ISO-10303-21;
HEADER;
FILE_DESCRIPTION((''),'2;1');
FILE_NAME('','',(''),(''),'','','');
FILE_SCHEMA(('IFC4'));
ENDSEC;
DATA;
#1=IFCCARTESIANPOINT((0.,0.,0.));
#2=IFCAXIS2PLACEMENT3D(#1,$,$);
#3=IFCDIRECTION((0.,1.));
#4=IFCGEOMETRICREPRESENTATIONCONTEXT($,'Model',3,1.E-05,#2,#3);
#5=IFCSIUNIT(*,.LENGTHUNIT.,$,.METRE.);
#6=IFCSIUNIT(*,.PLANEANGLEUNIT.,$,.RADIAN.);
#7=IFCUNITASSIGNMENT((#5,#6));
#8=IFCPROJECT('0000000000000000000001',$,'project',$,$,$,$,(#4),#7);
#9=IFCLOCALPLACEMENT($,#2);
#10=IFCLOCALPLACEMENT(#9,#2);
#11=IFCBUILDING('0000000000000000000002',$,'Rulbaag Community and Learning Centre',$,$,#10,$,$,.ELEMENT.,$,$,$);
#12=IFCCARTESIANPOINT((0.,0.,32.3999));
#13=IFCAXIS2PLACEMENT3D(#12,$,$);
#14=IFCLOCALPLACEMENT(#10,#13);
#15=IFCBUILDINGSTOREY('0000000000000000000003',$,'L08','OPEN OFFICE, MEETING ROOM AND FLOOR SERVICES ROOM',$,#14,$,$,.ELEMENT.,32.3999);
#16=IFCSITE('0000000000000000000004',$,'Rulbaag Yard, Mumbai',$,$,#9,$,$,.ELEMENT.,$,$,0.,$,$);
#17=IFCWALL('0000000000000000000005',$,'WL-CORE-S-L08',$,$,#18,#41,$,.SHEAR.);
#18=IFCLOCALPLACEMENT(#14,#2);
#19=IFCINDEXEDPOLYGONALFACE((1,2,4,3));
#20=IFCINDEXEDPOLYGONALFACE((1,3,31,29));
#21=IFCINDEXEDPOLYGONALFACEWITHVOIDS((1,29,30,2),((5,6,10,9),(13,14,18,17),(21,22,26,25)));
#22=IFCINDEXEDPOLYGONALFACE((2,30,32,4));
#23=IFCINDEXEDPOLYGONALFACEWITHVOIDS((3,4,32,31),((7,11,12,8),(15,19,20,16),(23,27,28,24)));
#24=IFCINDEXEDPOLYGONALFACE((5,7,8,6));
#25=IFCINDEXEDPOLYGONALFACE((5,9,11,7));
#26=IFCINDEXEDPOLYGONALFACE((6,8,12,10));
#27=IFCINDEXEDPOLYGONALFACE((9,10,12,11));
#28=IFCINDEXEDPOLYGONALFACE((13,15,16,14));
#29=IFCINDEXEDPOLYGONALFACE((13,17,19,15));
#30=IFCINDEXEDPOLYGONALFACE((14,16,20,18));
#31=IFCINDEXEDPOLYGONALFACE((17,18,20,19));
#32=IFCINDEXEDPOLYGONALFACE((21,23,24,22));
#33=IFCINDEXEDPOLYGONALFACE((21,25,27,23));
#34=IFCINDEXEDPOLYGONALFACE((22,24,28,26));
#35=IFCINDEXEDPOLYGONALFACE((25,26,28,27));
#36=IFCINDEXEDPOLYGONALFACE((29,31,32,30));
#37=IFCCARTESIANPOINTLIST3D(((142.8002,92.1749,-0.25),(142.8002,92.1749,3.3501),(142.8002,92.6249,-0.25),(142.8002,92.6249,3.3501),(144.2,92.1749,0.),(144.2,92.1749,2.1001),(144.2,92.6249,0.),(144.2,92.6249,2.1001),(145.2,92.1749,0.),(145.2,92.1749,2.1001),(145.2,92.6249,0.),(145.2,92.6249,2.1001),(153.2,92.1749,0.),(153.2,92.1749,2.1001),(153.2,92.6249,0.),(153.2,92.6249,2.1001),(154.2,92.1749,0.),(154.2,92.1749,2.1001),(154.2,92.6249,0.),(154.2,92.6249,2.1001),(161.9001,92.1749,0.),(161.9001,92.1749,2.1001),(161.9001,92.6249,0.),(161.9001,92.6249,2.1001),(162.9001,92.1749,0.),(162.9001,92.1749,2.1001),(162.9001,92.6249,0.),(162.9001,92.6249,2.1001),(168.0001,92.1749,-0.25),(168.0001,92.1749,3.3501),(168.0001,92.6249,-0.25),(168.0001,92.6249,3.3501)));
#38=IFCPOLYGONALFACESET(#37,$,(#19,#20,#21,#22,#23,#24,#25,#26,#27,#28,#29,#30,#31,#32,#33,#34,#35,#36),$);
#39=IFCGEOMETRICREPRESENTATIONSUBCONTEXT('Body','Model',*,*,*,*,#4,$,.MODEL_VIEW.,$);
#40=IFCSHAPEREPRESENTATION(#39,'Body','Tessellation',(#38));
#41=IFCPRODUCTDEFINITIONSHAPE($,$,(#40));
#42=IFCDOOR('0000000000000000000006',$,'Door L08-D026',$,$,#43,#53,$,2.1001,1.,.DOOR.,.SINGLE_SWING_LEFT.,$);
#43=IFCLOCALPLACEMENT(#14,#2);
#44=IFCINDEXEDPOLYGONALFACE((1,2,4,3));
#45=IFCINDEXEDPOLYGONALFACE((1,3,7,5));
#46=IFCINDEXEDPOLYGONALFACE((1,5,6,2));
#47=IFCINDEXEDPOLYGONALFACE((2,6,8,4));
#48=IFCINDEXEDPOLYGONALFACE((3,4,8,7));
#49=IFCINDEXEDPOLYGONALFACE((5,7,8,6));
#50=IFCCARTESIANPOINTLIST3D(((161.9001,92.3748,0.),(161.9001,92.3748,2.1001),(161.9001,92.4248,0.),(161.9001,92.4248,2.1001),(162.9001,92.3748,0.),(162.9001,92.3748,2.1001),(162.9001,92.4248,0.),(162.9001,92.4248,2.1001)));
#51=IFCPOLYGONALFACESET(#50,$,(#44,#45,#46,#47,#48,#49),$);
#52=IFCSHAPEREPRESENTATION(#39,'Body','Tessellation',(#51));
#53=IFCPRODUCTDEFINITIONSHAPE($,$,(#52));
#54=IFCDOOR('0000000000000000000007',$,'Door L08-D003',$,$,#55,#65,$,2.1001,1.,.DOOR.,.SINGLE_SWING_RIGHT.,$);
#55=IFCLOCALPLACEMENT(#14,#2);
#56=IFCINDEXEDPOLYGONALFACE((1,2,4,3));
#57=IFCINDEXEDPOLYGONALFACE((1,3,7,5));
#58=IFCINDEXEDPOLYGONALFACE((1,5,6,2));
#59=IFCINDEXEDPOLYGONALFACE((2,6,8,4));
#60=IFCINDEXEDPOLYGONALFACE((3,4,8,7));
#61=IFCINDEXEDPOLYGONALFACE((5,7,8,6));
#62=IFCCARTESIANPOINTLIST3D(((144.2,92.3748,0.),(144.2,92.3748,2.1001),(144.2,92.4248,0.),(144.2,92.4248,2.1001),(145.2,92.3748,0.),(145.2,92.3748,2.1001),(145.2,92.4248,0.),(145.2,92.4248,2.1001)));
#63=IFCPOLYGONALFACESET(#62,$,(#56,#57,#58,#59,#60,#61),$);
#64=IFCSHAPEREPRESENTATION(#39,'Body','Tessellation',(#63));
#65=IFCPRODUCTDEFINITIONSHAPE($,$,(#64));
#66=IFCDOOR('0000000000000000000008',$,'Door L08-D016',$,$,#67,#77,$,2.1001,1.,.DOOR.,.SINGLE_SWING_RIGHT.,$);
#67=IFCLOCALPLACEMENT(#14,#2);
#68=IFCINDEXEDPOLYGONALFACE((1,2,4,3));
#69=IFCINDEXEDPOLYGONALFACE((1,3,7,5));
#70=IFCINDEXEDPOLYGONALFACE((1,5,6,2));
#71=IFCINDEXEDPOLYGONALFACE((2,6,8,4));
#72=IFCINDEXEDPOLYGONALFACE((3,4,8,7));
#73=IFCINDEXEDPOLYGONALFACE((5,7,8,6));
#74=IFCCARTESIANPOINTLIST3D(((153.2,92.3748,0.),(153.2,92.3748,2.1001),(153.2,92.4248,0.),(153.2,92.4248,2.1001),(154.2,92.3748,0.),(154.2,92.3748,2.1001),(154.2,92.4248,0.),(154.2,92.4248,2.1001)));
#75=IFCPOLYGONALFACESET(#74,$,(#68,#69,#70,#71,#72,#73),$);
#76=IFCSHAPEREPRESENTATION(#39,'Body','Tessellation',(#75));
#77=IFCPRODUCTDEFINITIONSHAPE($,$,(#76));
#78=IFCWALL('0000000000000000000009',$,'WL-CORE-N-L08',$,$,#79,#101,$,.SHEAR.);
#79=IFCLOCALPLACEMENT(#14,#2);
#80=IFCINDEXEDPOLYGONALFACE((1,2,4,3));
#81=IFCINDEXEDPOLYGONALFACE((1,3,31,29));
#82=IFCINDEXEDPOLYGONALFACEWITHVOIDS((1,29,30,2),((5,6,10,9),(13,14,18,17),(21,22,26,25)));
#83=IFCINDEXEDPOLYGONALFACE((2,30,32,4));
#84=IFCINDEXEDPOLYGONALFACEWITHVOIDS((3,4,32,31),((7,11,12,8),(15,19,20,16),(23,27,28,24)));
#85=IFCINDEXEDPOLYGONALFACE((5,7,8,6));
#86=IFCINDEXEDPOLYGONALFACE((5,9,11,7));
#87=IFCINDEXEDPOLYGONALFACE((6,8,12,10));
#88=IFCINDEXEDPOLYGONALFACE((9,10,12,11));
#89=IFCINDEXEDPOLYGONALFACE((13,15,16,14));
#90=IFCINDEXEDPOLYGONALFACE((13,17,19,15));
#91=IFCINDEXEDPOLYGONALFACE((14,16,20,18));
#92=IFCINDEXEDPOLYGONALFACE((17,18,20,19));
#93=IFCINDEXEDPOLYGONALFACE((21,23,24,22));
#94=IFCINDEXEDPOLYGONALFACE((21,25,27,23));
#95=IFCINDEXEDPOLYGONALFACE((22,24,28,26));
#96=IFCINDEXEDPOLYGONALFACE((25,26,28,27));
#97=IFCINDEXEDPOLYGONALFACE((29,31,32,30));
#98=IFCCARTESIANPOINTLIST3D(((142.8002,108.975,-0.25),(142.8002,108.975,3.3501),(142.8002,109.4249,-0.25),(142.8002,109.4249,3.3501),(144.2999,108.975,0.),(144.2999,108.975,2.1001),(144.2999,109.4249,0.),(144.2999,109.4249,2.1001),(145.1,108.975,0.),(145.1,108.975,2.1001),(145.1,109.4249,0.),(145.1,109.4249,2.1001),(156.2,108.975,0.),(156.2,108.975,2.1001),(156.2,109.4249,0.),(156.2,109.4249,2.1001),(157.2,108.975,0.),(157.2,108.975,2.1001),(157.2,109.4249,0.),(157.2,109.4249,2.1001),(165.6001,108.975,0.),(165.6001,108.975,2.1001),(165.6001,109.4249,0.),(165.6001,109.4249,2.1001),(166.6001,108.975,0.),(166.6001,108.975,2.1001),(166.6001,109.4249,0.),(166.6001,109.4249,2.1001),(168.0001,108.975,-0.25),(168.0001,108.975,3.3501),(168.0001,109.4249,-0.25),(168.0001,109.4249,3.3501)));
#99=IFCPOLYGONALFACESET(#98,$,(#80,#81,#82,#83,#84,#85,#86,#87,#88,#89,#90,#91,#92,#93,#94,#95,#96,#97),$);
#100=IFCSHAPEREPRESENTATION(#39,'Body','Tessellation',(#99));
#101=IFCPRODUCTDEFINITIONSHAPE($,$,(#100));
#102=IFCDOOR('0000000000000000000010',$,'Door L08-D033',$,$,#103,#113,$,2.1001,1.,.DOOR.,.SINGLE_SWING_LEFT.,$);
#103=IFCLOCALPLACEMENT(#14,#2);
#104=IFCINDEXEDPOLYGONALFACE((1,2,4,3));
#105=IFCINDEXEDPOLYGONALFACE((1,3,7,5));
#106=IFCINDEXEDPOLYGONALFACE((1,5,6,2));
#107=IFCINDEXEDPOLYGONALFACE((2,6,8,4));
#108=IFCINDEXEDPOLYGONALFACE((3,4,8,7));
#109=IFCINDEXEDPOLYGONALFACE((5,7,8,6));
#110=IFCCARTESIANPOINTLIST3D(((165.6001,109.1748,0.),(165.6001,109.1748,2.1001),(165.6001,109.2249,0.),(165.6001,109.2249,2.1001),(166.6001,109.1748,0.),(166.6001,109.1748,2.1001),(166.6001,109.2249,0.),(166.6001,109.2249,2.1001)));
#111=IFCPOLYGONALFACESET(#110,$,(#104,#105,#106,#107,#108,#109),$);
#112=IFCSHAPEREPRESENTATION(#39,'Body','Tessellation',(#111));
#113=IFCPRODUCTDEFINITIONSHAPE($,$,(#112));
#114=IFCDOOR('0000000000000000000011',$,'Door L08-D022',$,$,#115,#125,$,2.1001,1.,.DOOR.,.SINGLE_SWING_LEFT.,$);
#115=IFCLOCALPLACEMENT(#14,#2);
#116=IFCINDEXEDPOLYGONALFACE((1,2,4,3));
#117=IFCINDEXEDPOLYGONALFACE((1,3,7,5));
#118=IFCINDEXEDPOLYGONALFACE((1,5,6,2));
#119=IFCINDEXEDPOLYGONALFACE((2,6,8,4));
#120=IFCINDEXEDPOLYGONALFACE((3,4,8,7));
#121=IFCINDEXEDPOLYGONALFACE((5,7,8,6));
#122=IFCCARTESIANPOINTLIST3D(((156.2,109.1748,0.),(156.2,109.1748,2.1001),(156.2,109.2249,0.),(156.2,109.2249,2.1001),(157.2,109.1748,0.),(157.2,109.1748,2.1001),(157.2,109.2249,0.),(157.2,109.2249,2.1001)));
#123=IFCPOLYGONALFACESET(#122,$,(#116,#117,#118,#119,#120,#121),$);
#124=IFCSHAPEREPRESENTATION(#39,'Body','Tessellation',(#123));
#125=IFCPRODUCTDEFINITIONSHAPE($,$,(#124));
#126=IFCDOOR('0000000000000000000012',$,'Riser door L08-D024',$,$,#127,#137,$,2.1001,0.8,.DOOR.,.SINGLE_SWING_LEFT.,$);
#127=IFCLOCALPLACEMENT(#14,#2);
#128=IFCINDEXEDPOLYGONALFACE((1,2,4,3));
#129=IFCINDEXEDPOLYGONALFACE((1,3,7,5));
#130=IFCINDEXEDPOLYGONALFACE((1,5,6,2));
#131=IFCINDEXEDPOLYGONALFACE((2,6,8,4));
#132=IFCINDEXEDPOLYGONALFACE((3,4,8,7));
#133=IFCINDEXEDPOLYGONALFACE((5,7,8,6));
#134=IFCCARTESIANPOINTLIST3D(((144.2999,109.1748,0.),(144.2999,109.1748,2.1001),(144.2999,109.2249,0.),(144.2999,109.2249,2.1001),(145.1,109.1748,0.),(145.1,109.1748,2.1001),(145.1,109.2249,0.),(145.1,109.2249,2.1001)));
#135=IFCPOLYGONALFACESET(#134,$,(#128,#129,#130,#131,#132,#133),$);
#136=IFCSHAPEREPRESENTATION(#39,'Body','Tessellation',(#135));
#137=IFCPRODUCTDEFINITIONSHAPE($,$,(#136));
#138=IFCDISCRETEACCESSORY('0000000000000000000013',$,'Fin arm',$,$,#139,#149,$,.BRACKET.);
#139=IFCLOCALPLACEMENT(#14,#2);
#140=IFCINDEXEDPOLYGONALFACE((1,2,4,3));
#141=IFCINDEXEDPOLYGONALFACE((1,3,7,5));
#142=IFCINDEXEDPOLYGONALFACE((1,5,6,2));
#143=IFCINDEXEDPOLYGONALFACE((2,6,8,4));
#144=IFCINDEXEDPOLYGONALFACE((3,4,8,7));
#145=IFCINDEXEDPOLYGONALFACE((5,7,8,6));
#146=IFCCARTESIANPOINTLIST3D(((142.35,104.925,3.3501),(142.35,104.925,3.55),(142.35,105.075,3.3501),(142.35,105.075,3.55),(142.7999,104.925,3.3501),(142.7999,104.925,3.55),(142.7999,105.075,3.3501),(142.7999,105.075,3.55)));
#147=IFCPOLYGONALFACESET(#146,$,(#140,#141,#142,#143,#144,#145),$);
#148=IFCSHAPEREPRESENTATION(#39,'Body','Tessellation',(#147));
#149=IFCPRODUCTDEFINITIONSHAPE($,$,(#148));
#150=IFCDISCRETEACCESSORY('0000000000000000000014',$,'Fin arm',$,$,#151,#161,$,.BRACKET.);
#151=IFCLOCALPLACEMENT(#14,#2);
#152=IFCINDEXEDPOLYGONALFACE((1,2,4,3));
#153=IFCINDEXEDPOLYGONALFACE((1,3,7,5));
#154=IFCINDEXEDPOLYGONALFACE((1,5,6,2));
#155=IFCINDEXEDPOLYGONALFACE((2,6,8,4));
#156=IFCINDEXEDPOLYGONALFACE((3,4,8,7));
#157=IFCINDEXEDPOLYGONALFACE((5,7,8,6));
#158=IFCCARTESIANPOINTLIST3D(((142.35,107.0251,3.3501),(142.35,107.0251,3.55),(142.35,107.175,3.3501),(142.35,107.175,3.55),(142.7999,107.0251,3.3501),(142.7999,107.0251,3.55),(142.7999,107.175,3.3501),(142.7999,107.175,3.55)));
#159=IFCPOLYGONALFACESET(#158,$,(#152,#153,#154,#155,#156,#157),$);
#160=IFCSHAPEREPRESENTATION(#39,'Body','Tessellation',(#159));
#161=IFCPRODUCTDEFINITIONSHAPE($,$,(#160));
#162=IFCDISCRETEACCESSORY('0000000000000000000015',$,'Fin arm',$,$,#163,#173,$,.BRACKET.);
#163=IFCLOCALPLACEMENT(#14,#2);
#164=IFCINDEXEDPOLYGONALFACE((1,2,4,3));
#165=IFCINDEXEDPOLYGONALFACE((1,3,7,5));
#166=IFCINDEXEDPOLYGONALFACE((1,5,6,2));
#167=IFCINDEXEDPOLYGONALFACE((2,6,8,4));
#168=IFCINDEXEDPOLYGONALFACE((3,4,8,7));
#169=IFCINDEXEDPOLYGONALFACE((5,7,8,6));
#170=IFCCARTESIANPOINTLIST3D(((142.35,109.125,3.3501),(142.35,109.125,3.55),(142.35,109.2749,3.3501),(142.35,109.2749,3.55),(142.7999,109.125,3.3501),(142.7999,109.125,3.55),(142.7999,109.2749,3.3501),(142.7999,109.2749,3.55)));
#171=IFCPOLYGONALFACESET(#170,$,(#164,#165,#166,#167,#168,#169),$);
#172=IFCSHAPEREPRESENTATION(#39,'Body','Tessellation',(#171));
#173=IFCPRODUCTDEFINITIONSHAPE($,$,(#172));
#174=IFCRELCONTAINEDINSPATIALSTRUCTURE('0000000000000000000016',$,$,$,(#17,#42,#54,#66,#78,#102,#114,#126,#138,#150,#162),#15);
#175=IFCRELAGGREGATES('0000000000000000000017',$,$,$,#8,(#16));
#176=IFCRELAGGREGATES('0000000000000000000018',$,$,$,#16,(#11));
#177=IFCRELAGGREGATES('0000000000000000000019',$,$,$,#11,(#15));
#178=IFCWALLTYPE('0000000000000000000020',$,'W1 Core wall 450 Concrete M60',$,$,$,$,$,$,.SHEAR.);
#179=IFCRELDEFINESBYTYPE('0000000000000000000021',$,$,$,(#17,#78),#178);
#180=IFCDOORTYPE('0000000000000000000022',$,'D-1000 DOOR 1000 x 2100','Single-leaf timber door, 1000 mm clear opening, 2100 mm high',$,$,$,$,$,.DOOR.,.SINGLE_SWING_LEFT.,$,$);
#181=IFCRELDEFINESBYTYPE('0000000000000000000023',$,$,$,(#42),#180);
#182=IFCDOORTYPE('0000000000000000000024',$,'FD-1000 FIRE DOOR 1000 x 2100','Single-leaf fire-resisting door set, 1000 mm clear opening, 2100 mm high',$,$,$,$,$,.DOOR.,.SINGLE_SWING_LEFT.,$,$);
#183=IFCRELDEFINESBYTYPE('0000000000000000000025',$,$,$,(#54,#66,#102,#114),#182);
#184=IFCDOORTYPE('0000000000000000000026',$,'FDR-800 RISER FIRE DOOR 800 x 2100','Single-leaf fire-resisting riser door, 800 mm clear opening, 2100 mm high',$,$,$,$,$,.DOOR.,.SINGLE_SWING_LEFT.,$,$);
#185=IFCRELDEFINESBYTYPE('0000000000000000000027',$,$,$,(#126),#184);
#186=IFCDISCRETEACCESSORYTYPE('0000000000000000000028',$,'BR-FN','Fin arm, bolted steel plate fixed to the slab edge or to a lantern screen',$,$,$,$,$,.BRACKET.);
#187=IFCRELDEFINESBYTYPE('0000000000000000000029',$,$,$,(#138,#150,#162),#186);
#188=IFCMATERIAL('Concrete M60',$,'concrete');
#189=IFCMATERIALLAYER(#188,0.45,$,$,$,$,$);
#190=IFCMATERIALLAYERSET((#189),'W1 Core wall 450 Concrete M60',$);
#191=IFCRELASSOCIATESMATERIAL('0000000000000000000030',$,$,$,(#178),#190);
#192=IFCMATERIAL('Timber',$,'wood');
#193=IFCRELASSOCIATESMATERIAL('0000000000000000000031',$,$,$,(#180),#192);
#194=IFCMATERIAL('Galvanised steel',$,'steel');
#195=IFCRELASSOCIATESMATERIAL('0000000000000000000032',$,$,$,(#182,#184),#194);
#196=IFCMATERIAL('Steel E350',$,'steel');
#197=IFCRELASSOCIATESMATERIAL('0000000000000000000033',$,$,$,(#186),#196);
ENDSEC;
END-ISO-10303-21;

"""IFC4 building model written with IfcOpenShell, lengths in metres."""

from ifc_helpers import new_model, si_unit, direction, frame, frame_2d, origin, origin_2d, place, context, subcontext, project, spatial, rectangle, extrude, material, layer, layer_set, type_object, element, fill, save


model = new_model("IFC4")

# Units and contexts
model_context = context("Model", 3, precision=1e-05, world=origin(), true_north=direction((0.0, 1.0)))
body_context = subcontext(model_context, "Body", "Model", "MODEL_VIEW")
ifc_project = project(units=[si_unit("LENGTHUNIT", "METRE"), si_unit("PLANEANGLEUNIT", "RADIAN")], contexts=[model_context])

# Site, building, storey
site_placement = place(None, origin())
site = spatial("IfcSite", under=ifc_project, at=site_placement, Name="Rulbaag Yard, Mumbai", CompositionType="ELEMENT", RefElevation=0.0)
building_placement = place(site_placement, origin())
building = spatial("IfcBuilding", under=site, at=building_placement, Name="Rulbaag Community and Learning Centre", CompositionType="ELEMENT")
storey_placement = place(building_placement, frame((0.0, 0.0, 32.3999)))
storey = spatial("IfcBuildingStorey", under=building, at=storey_placement, Name="L08", Description="OPEN OFFICE, MEETING ROOM AND FLOOR SERVICES ROOM", CompositionType="ELEMENT", Elevation=32.3999)

# Shared definitions
ifc_material_1 = material(Name="Concrete M60", Category="concrete")

# Walls, openings, doors
ifc_layer_1 = layer(ifc_material_1, 0.45)
ifc_layer_set_1 = layer_set([ifc_layer_1], Name="W1 Core wall 450 Concrete M60")
wall_type_1 = type_object("IfcWallType", Name="W1 Core wall 450 Concrete M60", PredefinedType="SHEAR", material=ifc_layer_set_1)
wall_1_placement = place(storey_placement, frame((142.8, 92.3999, -0.25), z_axis=(0.0, 0.0, 1.0), x_axis=(1.0, 0.0, 0.0)))
wall_1 = element("IfcWall", 1, at=wall_1_placement, inside=storey, type_object=wall_type_1, Name="WL-CORE-S-L08", PredefinedType="SHEAR", context=body_context, shape_type="SweptSolid", body=[
    extrude(rectangle(XDim=25.2, YDim=0.45, at=frame_2d((12.6001, 0.0))), origin(), (0.0, 0.0, 1.0), 3.6001),
])
opening_1_placement = place(wall_1_placement, frame((1.3999, 0.0, 0.25)))
opening_1 = element("IfcOpeningElement", 2, at=opening_1_placement, cuts=wall_1, PredefinedType="OPENING", context=body_context, shape_type="SweptSolid", body=[
    extrude(rectangle(XDim=1.0, YDim=2.1001, at=frame_2d((0.5, 1.05))), frame((0.0, 0.2349, 0.0), z_axis=(0.0, -1.0, 0.0), x_axis=(1.0, 0.0, 0.0)), (0.0, 0.0, 1.0), 0.47),
])
opening_2_placement = place(wall_1_placement, frame((19.1001, 0.0, 0.25)))
opening_2 = element("IfcOpeningElement", 3, at=opening_2_placement, cuts=wall_1, PredefinedType="OPENING", context=body_context, shape_type="SweptSolid", body=[
    extrude(rectangle(XDim=1.0, YDim=2.1001, at=frame_2d((0.5, 1.05))), frame((0.0, 0.2349, 0.0), z_axis=(0.0, -1.0, 0.0), x_axis=(1.0, 0.0, 0.0)), (0.0, 0.0, 1.0), 0.47),
])
opening_3_placement = place(wall_1_placement, frame((10.3999, 0.0, 0.25)))
opening_3 = element("IfcOpeningElement", 4, at=opening_3_placement, cuts=wall_1, PredefinedType="OPENING", context=body_context, shape_type="SweptSolid", body=[
    extrude(rectangle(XDim=1.0, YDim=2.1001, at=frame_2d((0.5, 1.05))), frame((0.0, 0.2349, 0.0), z_axis=(0.0, -1.0, 0.0), x_axis=(1.0, 0.0, 0.0)), (0.0, 0.0, 1.0), 0.47),
])
ifc_material_2 = material(Name="Timber", Category="wood")
door_type_1 = type_object("IfcDoorType", Name="D-1000 DOOR 1000 x 2100", Description="Single-leaf timber door, 1000 mm clear opening, 2100 mm high", OperationType="SINGLE_SWING_LEFT", PredefinedType="DOOR", material=ifc_material_2)
door_1_placement = place(opening_2_placement, origin())
door_1 = element("IfcDoor", 5, at=door_1_placement, inside=storey, type_object=door_type_1, Name="Door L08-D026", OperationType="SINGLE_SWING_LEFT", OverallHeight=2.1001, OverallWidth=1.0, PredefinedType="DOOR", context=body_context, shape_type="SweptSolid", body=[
    extrude(rectangle(XDim=1.0, YDim=2.1001, at=frame_2d((0.5, 1.05))), frame((0.0, 0.0249, 0.0), z_axis=(0.0, -1.0, 0.0), x_axis=(1.0, 0.0, 0.0)), (0.0, 0.0, 1.0), 0.05),
])
fill(opening_2, door_1)
ifc_material_3 = material(Name="Galvanised steel", Category="steel")
door_type_2 = type_object("IfcDoorType", Name="FD-1000 FIRE DOOR 1000 x 2100", Description="Single-leaf fire-resisting door set, 1000 mm clear opening, 2100 mm high", OperationType="SINGLE_SWING_LEFT", PredefinedType="DOOR", material=ifc_material_3)
door_2_placement = place(opening_1_placement, origin())
door_2 = element("IfcDoor", 6, at=door_2_placement, inside=storey, type_object=door_type_2, Name="Door L08-D003", OperationType="SINGLE_SWING_RIGHT", OverallHeight=2.1001, OverallWidth=1.0, PredefinedType="DOOR", context=body_context, shape_type="SweptSolid", body=[
    extrude(rectangle(XDim=1.0, YDim=2.1001, at=frame_2d((0.5, 1.05))), frame((0.0, 0.0249, 0.0), z_axis=(0.0, -1.0, 0.0), x_axis=(1.0, 0.0, 0.0)), (0.0, 0.0, 1.0), 0.05),
])
fill(opening_1, door_2)
door_3_placement = place(opening_3_placement, origin())
door_3 = element("IfcDoor", 7, at=door_3_placement, inside=storey, type_object=door_type_2, Name="Door L08-D016", OperationType="SINGLE_SWING_RIGHT", OverallHeight=2.1001, OverallWidth=1.0, PredefinedType="DOOR", context=body_context, shape_type="SweptSolid", body=[
    extrude(rectangle(XDim=1.0, YDim=2.1001, at=frame_2d((0.5, 1.05))), frame((0.0, 0.0249, 0.0), z_axis=(0.0, -1.0, 0.0), x_axis=(1.0, 0.0, 0.0)), (0.0, 0.0, 1.0), 0.05),
])
fill(opening_3, door_3)
wall_2_placement = place(storey_placement, frame((142.8, 109.2, -0.25), z_axis=(0.0, 0.0, 1.0), x_axis=(1.0, 0.0, 0.0)))
wall_2 = element("IfcWall", 8, at=wall_2_placement, inside=storey, type_object=wall_type_1, Name="WL-CORE-N-L08", PredefinedType="SHEAR", context=body_context, shape_type="SweptSolid", body=[
    extrude(rectangle(XDim=25.2, YDim=0.45, at=frame_2d((12.6001, 0.0))), origin(), (0.0, 0.0, 1.0), 3.6001),
])
opening_4_placement = place(wall_2_placement, frame((22.8, 0.0, 0.25)))
opening_4 = element("IfcOpeningElement", 9, at=opening_4_placement, cuts=wall_2, PredefinedType="OPENING", context=body_context, shape_type="SweptSolid", body=[
    extrude(rectangle(XDim=1.0, YDim=2.1001, at=frame_2d((0.5, 1.05))), frame((0.0, 0.2349, 0.0), z_axis=(0.0, -1.0, 0.0), x_axis=(1.0, 0.0, 0.0)), (0.0, 0.0, 1.0), 0.47),
])
opening_5_placement = place(wall_2_placement, frame((1.5, 0.0, 0.25)))
opening_5 = element("IfcOpeningElement", 10, at=opening_5_placement, cuts=wall_2, PredefinedType="OPENING", context=body_context, shape_type="SweptSolid", body=[
    extrude(rectangle(XDim=0.8, YDim=2.1001, at=frame_2d((0.3999, 1.05))), frame((0.0, 0.2349, 0.0), z_axis=(0.0, -1.0, 0.0), x_axis=(1.0, 0.0, 0.0)), (0.0, 0.0, 1.0), 0.47),
])
opening_6_placement = place(wall_2_placement, frame((13.3999, 0.0, 0.25)))
opening_6 = element("IfcOpeningElement", 11, at=opening_6_placement, cuts=wall_2, PredefinedType="OPENING", context=body_context, shape_type="SweptSolid", body=[
    extrude(rectangle(XDim=1.0, YDim=2.1001, at=frame_2d((0.5, 1.05))), frame((0.0, 0.2349, 0.0), z_axis=(0.0, -1.0, 0.0), x_axis=(1.0, 0.0, 0.0)), (0.0, 0.0, 1.0), 0.47),
])
door_4_placement = place(opening_4_placement, origin())
door_4 = element("IfcDoor", 12, at=door_4_placement, inside=storey, type_object=door_type_2, Name="Door L08-D033", OperationType="SINGLE_SWING_LEFT", OverallHeight=2.1001, OverallWidth=1.0, PredefinedType="DOOR", context=body_context, shape_type="SweptSolid", body=[
    extrude(rectangle(XDim=1.0, YDim=2.1001, at=frame_2d((0.5, 1.05))), frame((0.0, 0.0249, 0.0), z_axis=(0.0, -1.0, 0.0), x_axis=(1.0, 0.0, 0.0)), (0.0, 0.0, 1.0), 0.05),
])
fill(opening_4, door_4)
door_5_placement = place(opening_6_placement, origin())
door_5 = element("IfcDoor", 13, at=door_5_placement, inside=storey, type_object=door_type_2, Name="Door L08-D022", OperationType="SINGLE_SWING_LEFT", OverallHeight=2.1001, OverallWidth=1.0, PredefinedType="DOOR", context=body_context, shape_type="SweptSolid", body=[
    extrude(rectangle(XDim=1.0, YDim=2.1001, at=frame_2d((0.5, 1.05))), frame((0.0, 0.0249, 0.0), z_axis=(0.0, -1.0, 0.0), x_axis=(1.0, 0.0, 0.0)), (0.0, 0.0, 1.0), 0.05),
])
fill(opening_6, door_5)
door_type_3 = type_object("IfcDoorType", Name="FDR-800 RISER FIRE DOOR 800 x 2100", Description="Single-leaf fire-resisting riser door, 800 mm clear opening, 2100 mm high", OperationType="SINGLE_SWING_LEFT", PredefinedType="DOOR", material=ifc_material_3)
door_6_placement = place(opening_5_placement, origin())
door_6 = element("IfcDoor", 14, at=door_6_placement, inside=storey, type_object=door_type_3, Name="Riser door L08-D024", OperationType="SINGLE_SWING_LEFT", OverallHeight=2.1001, OverallWidth=0.8, PredefinedType="DOOR", context=body_context, shape_type="SweptSolid", body=[
    extrude(rectangle(XDim=0.8, YDim=2.1001, at=frame_2d((0.3999, 1.05))), frame((0.0, 0.0249, 0.0), z_axis=(0.0, -1.0, 0.0), x_axis=(1.0, 0.0, 0.0)), (0.0, 0.0, 1.0), 0.05),
])
fill(opening_5, door_6)

# Discrete accessories
ifc_material_4 = material(Name="Steel E350", Category="steel")
discrete_accessory_type = type_object("IfcDiscreteAccessoryType", Name="BR-FN", Description="Fin arm, bolted steel plate fixed to the slab edge or to a lantern screen", PredefinedType="BRACKET", material=ifc_material_4)
for number, where, z_axis, x_axis, name in (
    (15, (142.575, 105.0, 3.3501), (0.0, 0.0, 1.0), (1.0, 0.0, 0.0), "Fin arm"),
    (16, (142.575, 107.1001, 3.3501), (0.0, 0.0, 1.0), (1.0, 0.0, 0.0), "Fin arm"),
    (17, (142.575, 109.2, 3.3501), (0.0, 0.0, 1.0), (1.0, 0.0, 0.0), "Fin arm"),
):
    element("IfcDiscreteAccessory", number, at=place(storey_placement, frame(where, z_axis=z_axis, x_axis=x_axis)), inside=storey, type_object=discrete_accessory_type, Name=name, PredefinedType="BRACKET", context=body_context, shape_type="SweptSolid", body=[
        extrude(rectangle(XDim=0.45, YDim=0.1499, at=origin_2d()), origin(), (0.0, 0.0, 1.0), 0.2),
    ])

save(model, "model.ifc")
